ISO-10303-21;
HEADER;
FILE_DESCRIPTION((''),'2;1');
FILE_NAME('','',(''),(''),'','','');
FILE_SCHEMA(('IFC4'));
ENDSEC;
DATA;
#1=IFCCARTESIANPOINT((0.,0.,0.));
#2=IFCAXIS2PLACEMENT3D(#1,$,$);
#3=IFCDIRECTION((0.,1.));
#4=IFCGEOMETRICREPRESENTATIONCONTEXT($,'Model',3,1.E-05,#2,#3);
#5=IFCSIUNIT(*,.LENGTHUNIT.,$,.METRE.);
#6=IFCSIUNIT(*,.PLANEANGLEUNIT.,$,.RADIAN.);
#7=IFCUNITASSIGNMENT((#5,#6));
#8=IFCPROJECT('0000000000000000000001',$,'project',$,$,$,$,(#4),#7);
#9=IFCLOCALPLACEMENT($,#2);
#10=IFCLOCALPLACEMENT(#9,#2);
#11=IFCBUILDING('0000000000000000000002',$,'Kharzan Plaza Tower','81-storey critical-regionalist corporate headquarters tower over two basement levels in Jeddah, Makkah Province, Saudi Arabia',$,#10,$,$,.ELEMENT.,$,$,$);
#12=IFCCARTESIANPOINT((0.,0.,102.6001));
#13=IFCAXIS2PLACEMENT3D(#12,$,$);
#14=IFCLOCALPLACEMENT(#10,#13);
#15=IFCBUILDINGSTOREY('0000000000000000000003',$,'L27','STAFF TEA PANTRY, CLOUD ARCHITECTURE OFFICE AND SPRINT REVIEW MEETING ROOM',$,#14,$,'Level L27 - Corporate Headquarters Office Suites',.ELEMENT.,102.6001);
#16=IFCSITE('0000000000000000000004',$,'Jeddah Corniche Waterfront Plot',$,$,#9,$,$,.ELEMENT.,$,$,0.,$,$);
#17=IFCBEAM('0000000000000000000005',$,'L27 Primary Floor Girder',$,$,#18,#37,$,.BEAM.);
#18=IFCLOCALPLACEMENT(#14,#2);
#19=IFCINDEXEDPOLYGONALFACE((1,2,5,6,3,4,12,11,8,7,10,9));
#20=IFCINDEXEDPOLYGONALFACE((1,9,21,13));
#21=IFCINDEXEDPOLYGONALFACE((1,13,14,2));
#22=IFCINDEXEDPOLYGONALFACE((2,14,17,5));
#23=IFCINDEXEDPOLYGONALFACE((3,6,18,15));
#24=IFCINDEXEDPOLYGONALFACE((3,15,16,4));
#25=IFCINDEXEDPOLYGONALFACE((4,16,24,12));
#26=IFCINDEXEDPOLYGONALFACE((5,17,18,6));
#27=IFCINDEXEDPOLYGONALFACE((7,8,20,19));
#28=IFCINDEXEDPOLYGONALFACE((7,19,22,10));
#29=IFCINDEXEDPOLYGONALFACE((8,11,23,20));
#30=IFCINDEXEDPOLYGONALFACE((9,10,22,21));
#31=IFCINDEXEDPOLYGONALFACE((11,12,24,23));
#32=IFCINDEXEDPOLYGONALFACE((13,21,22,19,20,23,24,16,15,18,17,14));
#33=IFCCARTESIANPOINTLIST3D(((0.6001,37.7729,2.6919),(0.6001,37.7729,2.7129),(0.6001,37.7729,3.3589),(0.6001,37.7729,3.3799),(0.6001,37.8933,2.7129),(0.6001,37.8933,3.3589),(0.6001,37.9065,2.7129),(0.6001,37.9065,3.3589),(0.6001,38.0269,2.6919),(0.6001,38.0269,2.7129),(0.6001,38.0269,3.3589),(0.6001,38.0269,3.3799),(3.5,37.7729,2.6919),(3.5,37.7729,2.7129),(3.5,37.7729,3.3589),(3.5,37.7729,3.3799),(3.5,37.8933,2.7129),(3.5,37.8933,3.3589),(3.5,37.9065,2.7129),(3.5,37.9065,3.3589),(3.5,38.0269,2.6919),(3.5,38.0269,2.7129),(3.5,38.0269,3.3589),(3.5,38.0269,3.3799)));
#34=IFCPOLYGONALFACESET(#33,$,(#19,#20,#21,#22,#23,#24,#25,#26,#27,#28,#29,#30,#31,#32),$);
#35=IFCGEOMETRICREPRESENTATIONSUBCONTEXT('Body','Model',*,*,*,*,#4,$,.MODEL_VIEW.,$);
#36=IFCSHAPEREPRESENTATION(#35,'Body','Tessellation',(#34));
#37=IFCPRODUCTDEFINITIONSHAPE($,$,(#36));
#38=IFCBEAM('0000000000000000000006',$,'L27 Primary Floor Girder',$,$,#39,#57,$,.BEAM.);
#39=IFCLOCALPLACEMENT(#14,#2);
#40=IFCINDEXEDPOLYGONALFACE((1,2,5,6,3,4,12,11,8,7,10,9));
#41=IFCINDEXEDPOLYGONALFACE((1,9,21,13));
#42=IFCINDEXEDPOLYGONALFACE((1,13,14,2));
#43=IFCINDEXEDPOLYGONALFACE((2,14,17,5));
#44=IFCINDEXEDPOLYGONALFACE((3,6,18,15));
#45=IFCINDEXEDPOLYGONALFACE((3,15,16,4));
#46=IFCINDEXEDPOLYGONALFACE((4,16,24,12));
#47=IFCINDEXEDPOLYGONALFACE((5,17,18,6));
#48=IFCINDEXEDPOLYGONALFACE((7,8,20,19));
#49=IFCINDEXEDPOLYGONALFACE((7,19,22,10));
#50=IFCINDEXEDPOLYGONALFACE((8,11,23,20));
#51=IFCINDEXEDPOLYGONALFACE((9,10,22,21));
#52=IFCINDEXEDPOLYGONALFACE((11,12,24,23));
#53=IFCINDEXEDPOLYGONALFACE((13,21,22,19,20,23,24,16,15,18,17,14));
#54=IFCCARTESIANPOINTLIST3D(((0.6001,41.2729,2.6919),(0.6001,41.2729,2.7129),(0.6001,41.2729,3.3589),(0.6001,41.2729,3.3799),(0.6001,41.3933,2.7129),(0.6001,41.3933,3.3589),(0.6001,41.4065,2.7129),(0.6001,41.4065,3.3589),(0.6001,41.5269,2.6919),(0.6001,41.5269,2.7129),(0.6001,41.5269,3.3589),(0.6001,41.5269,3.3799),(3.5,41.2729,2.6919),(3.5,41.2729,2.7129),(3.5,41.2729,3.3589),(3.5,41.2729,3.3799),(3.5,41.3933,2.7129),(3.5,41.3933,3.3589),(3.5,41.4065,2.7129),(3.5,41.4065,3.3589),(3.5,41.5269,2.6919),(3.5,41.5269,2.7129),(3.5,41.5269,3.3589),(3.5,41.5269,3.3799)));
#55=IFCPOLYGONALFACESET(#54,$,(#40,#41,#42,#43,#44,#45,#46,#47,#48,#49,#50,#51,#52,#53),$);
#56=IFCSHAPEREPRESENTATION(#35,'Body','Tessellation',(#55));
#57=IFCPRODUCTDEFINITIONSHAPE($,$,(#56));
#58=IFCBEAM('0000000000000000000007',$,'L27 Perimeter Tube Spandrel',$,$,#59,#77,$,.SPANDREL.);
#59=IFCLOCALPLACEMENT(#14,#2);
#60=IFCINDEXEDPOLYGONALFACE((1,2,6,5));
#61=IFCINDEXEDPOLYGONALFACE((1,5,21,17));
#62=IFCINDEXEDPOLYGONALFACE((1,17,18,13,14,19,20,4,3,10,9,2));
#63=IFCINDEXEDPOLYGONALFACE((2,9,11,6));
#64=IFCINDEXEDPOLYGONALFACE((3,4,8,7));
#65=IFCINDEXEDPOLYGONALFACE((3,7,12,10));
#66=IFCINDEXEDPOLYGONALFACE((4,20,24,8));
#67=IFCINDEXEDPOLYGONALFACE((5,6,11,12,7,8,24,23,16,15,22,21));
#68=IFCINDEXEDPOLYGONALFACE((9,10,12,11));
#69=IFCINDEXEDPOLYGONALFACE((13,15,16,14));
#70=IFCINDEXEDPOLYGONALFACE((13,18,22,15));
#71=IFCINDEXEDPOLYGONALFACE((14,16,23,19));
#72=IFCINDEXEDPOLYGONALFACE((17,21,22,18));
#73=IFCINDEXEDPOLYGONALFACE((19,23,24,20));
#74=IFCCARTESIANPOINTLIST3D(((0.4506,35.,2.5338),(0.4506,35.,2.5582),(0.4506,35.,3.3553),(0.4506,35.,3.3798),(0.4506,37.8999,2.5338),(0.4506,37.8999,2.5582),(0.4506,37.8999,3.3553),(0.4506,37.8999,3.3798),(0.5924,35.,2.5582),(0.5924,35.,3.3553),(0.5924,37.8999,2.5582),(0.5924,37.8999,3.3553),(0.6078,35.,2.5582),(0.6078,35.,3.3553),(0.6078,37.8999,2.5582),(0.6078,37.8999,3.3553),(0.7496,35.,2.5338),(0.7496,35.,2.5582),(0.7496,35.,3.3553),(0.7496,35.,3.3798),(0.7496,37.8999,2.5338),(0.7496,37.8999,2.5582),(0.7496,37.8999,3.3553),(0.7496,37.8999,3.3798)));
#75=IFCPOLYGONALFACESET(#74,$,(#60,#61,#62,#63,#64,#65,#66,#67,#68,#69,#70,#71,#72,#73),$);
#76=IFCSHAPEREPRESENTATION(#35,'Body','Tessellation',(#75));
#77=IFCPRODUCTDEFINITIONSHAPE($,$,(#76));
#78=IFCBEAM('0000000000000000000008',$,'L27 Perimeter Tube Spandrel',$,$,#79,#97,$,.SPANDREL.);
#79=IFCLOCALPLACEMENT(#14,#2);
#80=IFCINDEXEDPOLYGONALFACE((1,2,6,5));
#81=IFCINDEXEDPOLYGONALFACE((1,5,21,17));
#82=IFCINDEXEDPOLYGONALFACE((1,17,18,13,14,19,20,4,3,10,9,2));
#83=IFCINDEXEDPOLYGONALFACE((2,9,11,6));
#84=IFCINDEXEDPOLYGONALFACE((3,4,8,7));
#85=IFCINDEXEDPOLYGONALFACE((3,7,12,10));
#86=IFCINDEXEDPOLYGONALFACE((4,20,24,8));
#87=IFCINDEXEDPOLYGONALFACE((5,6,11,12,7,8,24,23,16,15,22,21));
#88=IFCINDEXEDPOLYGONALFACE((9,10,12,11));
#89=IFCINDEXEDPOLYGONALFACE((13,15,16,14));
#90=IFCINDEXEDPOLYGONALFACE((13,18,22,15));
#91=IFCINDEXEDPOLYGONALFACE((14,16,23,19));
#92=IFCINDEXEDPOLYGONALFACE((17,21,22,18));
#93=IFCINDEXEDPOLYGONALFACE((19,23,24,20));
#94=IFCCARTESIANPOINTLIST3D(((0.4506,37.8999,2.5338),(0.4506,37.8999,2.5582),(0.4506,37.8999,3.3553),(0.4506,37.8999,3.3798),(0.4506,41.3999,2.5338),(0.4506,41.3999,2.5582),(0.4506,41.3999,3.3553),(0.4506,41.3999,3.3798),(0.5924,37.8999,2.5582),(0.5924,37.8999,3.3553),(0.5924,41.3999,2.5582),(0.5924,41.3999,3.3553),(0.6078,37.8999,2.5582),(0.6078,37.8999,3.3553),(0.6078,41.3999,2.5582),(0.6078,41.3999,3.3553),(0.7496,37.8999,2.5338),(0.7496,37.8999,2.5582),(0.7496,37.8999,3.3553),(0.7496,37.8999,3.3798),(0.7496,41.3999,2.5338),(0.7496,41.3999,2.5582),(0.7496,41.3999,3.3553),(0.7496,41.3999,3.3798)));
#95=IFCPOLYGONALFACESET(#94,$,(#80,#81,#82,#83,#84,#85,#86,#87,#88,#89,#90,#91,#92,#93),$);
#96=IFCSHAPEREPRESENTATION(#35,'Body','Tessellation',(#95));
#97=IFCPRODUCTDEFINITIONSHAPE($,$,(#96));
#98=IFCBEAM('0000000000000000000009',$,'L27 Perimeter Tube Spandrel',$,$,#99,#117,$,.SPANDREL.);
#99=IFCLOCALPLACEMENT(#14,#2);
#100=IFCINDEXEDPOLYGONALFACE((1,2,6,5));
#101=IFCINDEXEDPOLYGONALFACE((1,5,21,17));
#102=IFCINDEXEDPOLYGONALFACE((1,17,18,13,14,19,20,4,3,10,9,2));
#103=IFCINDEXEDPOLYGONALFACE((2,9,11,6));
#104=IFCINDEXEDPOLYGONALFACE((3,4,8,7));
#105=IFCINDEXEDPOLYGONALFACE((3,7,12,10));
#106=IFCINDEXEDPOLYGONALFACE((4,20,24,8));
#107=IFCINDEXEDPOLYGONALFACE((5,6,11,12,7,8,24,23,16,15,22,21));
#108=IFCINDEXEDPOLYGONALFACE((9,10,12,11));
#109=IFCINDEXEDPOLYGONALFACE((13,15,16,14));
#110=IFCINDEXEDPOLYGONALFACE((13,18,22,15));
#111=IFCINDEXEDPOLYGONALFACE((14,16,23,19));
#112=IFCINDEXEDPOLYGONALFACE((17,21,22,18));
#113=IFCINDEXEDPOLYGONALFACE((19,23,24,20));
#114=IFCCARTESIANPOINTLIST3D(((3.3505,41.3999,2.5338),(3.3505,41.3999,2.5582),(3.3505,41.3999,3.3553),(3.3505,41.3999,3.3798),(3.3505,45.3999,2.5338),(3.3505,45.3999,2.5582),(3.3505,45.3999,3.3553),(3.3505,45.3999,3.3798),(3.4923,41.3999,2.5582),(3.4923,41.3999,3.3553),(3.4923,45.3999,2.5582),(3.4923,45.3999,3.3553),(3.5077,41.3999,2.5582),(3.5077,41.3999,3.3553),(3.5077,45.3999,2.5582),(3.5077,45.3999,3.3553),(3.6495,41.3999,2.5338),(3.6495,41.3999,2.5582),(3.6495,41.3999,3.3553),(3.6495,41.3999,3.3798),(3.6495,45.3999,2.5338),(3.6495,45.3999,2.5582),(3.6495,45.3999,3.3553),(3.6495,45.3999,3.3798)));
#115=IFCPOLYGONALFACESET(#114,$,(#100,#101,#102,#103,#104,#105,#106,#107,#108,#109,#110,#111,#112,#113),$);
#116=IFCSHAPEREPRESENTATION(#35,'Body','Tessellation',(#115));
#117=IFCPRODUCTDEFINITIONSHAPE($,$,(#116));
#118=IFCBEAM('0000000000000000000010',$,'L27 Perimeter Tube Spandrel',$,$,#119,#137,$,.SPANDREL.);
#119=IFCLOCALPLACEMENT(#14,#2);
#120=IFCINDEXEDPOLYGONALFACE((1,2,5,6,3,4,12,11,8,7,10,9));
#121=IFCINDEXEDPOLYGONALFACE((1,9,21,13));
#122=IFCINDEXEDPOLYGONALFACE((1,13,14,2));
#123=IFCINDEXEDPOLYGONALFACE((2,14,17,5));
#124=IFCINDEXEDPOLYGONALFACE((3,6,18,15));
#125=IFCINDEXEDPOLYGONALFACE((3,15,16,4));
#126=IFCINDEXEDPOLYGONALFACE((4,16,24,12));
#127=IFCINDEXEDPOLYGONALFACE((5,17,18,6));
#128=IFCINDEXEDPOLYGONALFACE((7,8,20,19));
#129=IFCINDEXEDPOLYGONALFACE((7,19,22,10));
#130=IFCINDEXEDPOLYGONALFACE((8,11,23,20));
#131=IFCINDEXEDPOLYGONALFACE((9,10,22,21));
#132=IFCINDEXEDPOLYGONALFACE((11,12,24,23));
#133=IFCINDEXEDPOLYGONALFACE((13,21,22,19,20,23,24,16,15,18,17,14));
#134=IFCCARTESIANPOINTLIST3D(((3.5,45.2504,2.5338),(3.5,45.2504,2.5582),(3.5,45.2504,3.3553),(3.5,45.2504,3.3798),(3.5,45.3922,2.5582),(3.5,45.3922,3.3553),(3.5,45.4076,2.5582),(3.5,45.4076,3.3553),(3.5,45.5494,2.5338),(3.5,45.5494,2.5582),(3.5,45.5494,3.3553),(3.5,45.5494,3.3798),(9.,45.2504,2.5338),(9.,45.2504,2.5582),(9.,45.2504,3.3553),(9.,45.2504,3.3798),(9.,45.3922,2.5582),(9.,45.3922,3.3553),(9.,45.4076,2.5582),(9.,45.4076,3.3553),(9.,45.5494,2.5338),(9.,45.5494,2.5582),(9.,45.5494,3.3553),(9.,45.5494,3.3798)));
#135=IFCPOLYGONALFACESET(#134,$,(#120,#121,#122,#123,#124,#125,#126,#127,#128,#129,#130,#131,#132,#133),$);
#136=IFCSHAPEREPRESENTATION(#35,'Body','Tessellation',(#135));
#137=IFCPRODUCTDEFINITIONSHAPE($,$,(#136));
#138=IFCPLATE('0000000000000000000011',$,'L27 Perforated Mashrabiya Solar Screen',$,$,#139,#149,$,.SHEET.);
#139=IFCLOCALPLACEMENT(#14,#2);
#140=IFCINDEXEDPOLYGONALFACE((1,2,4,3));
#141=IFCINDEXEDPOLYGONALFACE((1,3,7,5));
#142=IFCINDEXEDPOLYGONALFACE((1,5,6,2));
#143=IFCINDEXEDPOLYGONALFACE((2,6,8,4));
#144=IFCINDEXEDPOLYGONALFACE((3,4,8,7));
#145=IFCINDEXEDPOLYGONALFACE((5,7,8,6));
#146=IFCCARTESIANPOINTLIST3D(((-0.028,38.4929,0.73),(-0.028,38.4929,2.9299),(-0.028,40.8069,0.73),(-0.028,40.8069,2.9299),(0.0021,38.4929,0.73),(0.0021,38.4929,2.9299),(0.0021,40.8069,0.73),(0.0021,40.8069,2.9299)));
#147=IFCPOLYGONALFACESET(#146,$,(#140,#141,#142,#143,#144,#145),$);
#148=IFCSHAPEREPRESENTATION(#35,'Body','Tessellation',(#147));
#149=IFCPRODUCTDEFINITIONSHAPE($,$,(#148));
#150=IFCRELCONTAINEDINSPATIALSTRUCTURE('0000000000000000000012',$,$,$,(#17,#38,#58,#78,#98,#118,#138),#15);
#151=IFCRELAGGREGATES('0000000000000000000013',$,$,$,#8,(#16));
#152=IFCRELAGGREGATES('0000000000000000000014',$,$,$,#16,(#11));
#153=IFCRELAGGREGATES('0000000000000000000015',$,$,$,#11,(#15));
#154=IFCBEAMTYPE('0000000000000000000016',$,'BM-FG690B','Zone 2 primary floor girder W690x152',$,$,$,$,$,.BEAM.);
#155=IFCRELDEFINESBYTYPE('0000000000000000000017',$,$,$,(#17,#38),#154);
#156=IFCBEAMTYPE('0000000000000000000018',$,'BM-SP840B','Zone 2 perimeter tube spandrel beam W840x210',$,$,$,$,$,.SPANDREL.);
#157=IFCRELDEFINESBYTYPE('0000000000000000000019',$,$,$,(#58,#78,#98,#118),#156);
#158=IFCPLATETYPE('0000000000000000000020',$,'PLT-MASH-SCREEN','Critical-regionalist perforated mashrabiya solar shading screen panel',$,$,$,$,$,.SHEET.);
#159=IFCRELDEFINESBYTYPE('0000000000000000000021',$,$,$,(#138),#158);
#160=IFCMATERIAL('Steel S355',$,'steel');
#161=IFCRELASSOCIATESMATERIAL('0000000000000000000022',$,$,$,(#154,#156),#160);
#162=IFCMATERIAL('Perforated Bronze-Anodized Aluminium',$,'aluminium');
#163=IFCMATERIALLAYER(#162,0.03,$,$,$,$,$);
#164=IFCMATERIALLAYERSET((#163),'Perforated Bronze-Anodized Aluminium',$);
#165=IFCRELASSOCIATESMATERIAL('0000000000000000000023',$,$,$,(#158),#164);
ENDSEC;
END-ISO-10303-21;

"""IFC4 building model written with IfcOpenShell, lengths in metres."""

from ifc_helpers import new_model, si_unit, direction, frame, origin, origin_2d, place, context, subcontext, project, spatial, rectangle, i_section, extrude, source, transform, mapped, material, layer, layer_set, material_profile, profile_set, type_object, element, save


model = new_model("IFC4")

# Units and contexts
model_context = context("Model", 3, precision=1e-05, world=origin(), true_north=direction((0.0, 1.0)))
body_context = subcontext(model_context, "Body", "Model", "MODEL_VIEW")
ifc_project = project(units=[si_unit("LENGTHUNIT", "METRE"), si_unit("PLANEANGLEUNIT", "RADIAN")], contexts=[model_context])

# Site, building, storey
site_placement = place(None, origin())
site = spatial("IfcSite", under=ifc_project, at=site_placement, Name="Jeddah Corniche Waterfront Plot", CompositionType="ELEMENT", RefElevation=0.0)
building_placement = place(site_placement, origin())
building = spatial("IfcBuilding", under=site, at=building_placement, Name="Kharzan Plaza Tower", Description="81-storey critical-regionalist corporate headquarters tower over two basement levels in Jeddah, Makkah Province, Saudi Arabia", CompositionType="ELEMENT")
storey_placement = place(building_placement, frame((0.0, 0.0, 102.6001)))
storey = spatial("IfcBuildingStorey", under=building, at=storey_placement, Name="L27", Description="STAFF TEA PANTRY, CLOUD ARCHITECTURE OFFICE AND SPRINT REVIEW MEETING ROOM", LongName="Level L27 - Corporate Headquarters Office Suites", CompositionType="ELEMENT", Elevation=102.6001)

# Beams
ifc_material_1 = material(Name="Steel S355", Category="steel")
ifc_material_profile_1 = material_profile(ifc_material_1, i_section(OverallWidth=0.2539, OverallDepth=0.688, WebThickness=0.0132, FlangeThickness=0.021, at=origin_2d()), Name="W690x152")
ifc_profile_set_1 = profile_set([ifc_material_profile_1], Name="Steel S355")
beam_type_1 = type_object("IfcBeamType", Name="BM-FG690B", Description="Zone 2 primary floor girder W690x152", PredefinedType="BEAM", material=ifc_profile_set_1)
shared_shape_1 = source(origin(), body_context, "Body", "SweptSolid", [
    extrude(i_section(OverallWidth=0.2539, OverallDepth=0.688, WebThickness=0.0132, FlangeThickness=0.021, at=origin_2d()), origin(), (0.0, 0.0, 1.0), 2.8999),
])
for number, where, z_axis, x_axis, name in (
    (1, (0.6001, 37.8999, 3.0359), (1.0, 0.0, 0.0), (0.0, 1.0, 0.0), "L27 Primary Floor Girder"),
    (2, (0.6001, 41.3999, 3.0359), (1.0, 0.0, 0.0), (0.0, 1.0, 0.0), "L27 Primary Floor Girder"),
):
    element("IfcBeam", number, at=place(storey_placement, frame(where, z_axis=z_axis, x_axis=x_axis)), inside=storey, type_object=beam_type_1, Name=name, PredefinedType="BEAM", context=body_context, shape_type="MappedRepresentation", body=[
        mapped(shared_shape_1, transform((0.0, 0.0, 0.0), x_axis=(1.0, 0.0, 0.0), y_axis=(0.0, 1.0, 0.0), z_axis=(0.0, 0.0, 1.0))),
    ])
ifc_material_profile_2 = material_profile(ifc_material_1, i_section(OverallWidth=0.2991, OverallDepth=0.8459, WebThickness=0.0154, FlangeThickness=0.0244, at=origin_2d()), Name="W840x210")
ifc_profile_set_2 = profile_set([ifc_material_profile_2], Name="Steel S355")
beam_type_2 = type_object("IfcBeamType", Name="BM-SP840B", Description="Zone 2 perimeter tube spandrel beam W840x210", PredefinedType="SPANDREL", material=ifc_profile_set_2)
shared_shape_2 = source(origin(), body_context, "Body", "SweptSolid", [
    extrude(i_section(OverallWidth=0.2991, OverallDepth=0.8459, WebThickness=0.0154, FlangeThickness=0.0244, at=origin_2d()), origin(), (0.0, 0.0, 1.0), 2.8999),
])
beam_1_placement = place(storey_placement, frame((0.6001, 35.0, 2.9568), z_axis=(0.0, 1.0, 0.0), x_axis=(-1.0, 0.0, 0.0)))
element("IfcBeam", 3, at=beam_1_placement, inside=storey, type_object=beam_type_2, Name="L27 Perimeter Tube Spandrel", PredefinedType="SPANDREL", context=body_context, shape_type="MappedRepresentation", body=[
    mapped(shared_shape_2, transform((0.0, 0.0, 0.0), x_axis=(1.0, 0.0, 0.0), y_axis=(0.0, 1.0, 0.0), z_axis=(0.0, 0.0, 1.0))),
])
shared_shape_3 = source(origin(), body_context, "Body", "SweptSolid", [
    extrude(i_section(OverallWidth=0.2991, OverallDepth=0.8459, WebThickness=0.0154, FlangeThickness=0.0244, at=origin_2d()), origin(), (0.0, 0.0, 1.0), 3.5),
])
beam_2_placement = place(storey_placement, frame((0.6001, 37.8999, 2.9568), z_axis=(0.0, 1.0, 0.0), x_axis=(-1.0, 0.0, 0.0)))
element("IfcBeam", 4, at=beam_2_placement, inside=storey, type_object=beam_type_2, Name="L27 Perimeter Tube Spandrel", PredefinedType="SPANDREL", context=body_context, shape_type="MappedRepresentation", body=[
    mapped(shared_shape_3, transform((0.0, 0.0, 0.0), x_axis=(1.0, 0.0, 0.0), y_axis=(0.0, 1.0, 0.0), z_axis=(0.0, 0.0, 1.0))),
])
shared_shape_4 = source(origin(), body_context, "Body", "SweptSolid", [
    extrude(i_section(OverallWidth=0.2991, OverallDepth=0.8459, WebThickness=0.0154, FlangeThickness=0.0244, at=origin_2d()), origin(), (0.0, 0.0, 1.0), 4.0),
])
beam_3_placement = place(storey_placement, frame((3.5, 41.3999, 2.9568), z_axis=(0.0, 1.0, 0.0), x_axis=(-1.0, 0.0, 0.0)))
element("IfcBeam", 5, at=beam_3_placement, inside=storey, type_object=beam_type_2, Name="L27 Perimeter Tube Spandrel", PredefinedType="SPANDREL", context=body_context, shape_type="MappedRepresentation", body=[
    mapped(shared_shape_4, transform((0.0, 0.0, 0.0), x_axis=(1.0, 0.0, 0.0), y_axis=(0.0, 1.0, 0.0), z_axis=(0.0, 0.0, 1.0))),
])
shared_shape_5 = source(origin(), body_context, "Body", "SweptSolid", [
    extrude(i_section(OverallWidth=0.2991, OverallDepth=0.8459, WebThickness=0.0154, FlangeThickness=0.0244, at=origin_2d()), origin(), (0.0, 0.0, 1.0), 5.5),
])
beam_4_placement = place(storey_placement, frame((3.5, 45.3999, 2.9568), z_axis=(1.0, 0.0, 0.0), x_axis=(0.0, 1.0, 0.0)))
element("IfcBeam", 6, at=beam_4_placement, inside=storey, type_object=beam_type_2, Name="L27 Perimeter Tube Spandrel", PredefinedType="SPANDREL", context=body_context, shape_type="MappedRepresentation", body=[
    mapped(shared_shape_5, transform((0.0, 0.0, 0.0), x_axis=(1.0, 0.0, 0.0), y_axis=(0.0, 1.0, 0.0), z_axis=(0.0, 0.0, 1.0))),
])

# Plate
ifc_material_2 = material(Name="Perforated Bronze-Anodized Aluminium", Category="aluminium")
ifc_layer_1 = layer(ifc_material_2, 0.03)
ifc_layer_set_1 = layer_set([ifc_layer_1], Name="Perforated Bronze-Anodized Aluminium")
plate_type = type_object("IfcPlateType", Name="PLT-MASH-SCREEN", Description="Critical-regionalist perforated mashrabiya solar shading screen panel", PredefinedType="SHEET", material=ifc_layer_set_1)
shared_shape_6 = source(origin(), body_context, "Body", "SweptSolid", [
    extrude(rectangle(XDim=2.314, YDim=0.03, at=origin_2d()), origin(), (0.0, 0.0, 1.0), 2.2),
])
plate_placement = place(storey_placement, frame((-0.0129, 39.6499, 0.73), z_axis=(0.0, 0.0, 1.0), x_axis=(0.0, -1.0, 0.0)))
element("IfcPlate", 7, at=plate_placement, inside=storey, type_object=plate_type, Name="L27 Perforated Mashrabiya Solar Screen", PredefinedType="SHEET", context=body_context, shape_type="MappedRepresentation", body=[
    mapped(shared_shape_6, transform((0.0, 0.0, 0.0), x_axis=(1.0, 0.0, 0.0), y_axis=(0.0, 1.0, 0.0), z_axis=(0.0, 0.0, 1.0))),
])

save(model, "model.ifc")
